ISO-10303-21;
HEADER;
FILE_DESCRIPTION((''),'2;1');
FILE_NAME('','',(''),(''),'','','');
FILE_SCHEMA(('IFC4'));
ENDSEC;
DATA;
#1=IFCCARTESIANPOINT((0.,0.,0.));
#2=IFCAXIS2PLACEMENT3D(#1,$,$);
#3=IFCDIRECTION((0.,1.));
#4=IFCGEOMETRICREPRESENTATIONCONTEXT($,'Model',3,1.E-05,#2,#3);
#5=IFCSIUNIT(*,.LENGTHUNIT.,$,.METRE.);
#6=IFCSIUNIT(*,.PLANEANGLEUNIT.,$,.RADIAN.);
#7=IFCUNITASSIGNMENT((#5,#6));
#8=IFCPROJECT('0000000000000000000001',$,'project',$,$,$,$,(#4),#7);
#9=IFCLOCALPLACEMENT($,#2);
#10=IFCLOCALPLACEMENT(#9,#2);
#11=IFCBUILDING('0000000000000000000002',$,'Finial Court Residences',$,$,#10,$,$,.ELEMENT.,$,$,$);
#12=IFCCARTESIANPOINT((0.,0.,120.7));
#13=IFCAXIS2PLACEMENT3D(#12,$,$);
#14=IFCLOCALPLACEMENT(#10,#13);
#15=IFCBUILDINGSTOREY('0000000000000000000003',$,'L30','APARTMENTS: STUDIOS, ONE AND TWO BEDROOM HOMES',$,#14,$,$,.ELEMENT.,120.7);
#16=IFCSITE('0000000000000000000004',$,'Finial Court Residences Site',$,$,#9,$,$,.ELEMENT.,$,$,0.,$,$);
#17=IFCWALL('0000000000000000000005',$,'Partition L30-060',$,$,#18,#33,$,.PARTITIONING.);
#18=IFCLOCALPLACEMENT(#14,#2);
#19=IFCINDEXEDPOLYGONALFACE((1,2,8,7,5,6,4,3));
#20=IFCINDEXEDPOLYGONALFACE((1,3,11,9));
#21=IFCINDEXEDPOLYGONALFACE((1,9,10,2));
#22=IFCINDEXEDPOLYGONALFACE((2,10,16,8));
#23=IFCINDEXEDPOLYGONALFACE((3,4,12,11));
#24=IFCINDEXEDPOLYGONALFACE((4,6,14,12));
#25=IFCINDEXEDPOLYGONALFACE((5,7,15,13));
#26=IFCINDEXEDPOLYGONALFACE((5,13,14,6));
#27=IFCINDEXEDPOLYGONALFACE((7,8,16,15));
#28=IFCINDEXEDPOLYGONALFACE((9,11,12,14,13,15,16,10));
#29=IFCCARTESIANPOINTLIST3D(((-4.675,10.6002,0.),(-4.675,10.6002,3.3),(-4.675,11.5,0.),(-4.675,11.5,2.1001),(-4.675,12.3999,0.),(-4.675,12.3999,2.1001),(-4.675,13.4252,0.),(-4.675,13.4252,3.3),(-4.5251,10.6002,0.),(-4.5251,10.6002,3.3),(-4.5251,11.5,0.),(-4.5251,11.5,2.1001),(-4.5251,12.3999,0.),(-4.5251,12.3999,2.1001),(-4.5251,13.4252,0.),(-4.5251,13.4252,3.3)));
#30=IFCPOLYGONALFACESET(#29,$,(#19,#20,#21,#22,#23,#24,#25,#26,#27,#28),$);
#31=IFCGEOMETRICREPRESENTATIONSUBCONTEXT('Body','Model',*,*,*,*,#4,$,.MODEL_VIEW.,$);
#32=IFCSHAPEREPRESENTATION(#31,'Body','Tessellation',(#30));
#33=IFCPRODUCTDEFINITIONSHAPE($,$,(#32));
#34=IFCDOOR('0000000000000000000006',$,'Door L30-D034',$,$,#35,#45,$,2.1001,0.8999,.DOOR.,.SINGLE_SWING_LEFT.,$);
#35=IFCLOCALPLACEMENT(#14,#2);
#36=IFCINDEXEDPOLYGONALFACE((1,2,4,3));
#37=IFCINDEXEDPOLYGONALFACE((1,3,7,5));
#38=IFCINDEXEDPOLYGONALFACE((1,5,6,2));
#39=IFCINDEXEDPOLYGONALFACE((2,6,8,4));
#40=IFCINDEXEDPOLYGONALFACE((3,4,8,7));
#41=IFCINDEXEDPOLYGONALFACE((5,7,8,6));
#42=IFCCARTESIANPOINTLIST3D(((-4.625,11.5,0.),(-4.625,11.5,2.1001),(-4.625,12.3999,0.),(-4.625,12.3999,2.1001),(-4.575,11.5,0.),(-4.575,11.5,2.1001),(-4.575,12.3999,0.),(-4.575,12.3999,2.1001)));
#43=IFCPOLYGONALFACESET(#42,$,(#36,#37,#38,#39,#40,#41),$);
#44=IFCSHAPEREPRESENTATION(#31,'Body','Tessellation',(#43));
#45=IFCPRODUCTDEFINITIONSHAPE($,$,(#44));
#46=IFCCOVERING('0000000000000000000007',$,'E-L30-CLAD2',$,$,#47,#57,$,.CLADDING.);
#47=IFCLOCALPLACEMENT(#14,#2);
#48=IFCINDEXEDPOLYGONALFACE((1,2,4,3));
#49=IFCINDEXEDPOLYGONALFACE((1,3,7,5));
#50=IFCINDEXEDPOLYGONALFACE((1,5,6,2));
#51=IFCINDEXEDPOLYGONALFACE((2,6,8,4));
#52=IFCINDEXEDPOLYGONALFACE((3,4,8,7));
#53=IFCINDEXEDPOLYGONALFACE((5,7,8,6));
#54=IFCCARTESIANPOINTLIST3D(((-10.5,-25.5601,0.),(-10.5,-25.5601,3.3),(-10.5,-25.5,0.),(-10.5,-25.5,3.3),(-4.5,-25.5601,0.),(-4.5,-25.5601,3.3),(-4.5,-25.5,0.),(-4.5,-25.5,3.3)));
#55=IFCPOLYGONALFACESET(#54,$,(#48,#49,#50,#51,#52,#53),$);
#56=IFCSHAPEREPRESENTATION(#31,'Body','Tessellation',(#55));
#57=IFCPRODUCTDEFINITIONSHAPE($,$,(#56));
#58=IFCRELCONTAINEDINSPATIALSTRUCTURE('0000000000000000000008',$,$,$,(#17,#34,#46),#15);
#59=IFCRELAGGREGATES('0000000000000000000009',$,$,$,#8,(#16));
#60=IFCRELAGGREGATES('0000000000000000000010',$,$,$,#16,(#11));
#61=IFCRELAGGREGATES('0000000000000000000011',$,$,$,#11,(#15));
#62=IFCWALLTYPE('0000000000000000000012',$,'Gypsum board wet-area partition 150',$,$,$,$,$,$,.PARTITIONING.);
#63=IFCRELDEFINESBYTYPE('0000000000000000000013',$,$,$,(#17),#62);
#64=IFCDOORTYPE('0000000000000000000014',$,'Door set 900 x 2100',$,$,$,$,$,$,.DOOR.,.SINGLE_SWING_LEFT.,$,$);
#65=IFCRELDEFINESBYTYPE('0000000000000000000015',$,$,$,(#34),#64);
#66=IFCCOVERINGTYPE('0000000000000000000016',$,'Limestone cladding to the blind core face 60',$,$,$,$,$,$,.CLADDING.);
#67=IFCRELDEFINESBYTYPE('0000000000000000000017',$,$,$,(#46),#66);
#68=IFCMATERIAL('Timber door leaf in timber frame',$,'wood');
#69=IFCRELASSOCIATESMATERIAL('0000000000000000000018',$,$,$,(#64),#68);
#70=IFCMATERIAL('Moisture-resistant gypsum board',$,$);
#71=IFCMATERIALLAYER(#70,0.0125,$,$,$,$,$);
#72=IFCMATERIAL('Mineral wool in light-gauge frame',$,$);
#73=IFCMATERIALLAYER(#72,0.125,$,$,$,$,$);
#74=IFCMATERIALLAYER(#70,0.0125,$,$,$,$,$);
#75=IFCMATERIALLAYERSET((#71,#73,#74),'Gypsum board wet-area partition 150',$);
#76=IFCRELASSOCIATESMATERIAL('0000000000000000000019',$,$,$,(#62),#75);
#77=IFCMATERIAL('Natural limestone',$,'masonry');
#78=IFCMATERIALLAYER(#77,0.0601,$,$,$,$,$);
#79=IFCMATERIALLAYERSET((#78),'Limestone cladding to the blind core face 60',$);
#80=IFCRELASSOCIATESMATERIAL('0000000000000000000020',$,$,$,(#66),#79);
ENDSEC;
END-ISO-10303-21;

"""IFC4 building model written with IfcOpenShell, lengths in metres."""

from ifc_helpers import new_model, si_unit, direction, frame, frame_2d, origin, place, context, subcontext, project, spatial, polyline, rectangle, outline, extrude, material, layer, layer_set, type_object, element, fill, save


model = new_model("IFC4")

# Units and contexts
model_context = context("Model", 3, precision=1e-05, world=origin(), true_north=direction((0.0, 1.0)))
body_context = subcontext(model_context, "Body", "Model", "MODEL_VIEW")
ifc_project = project(units=[si_unit("LENGTHUNIT", "METRE"), si_unit("PLANEANGLEUNIT", "RADIAN")], contexts=[model_context])

# Site, building, storey
site_placement = place(None, origin())
site = spatial("IfcSite", under=ifc_project, at=site_placement, Name="Finial Court Residences Site", CompositionType="ELEMENT", RefElevation=0.0)
building_placement = place(site_placement, origin())
building = spatial("IfcBuilding", under=site, at=building_placement, Name="Finial Court Residences", CompositionType="ELEMENT")
storey_placement = place(building_placement, frame((0.0, 0.0, 120.7)))
storey = spatial("IfcBuildingStorey", under=building, at=storey_placement, Name="L30", Description="APARTMENTS: STUDIOS, ONE AND TWO BEDROOM HOMES", CompositionType="ELEMENT", Elevation=120.7)

# Shared definitions
ifc_material_1 = material(Name="Mineral wool in light-gauge frame")

# Shared definitions
ifc_material_2 = material(Name="Timber door leaf in timber frame", Category="wood")
door_type = type_object("IfcDoorType", Name="Door set 900 x 2100", OperationType="SINGLE_SWING_LEFT", PredefinedType="DOOR", material=ifc_material_2)

# Shared definitions
ifc_material_3 = material(Name="Moisture-resistant gypsum board")
ifc_layer_1 = layer(ifc_material_3, 0.0125)
ifc_layer_2 = layer(ifc_material_1, 0.125)
ifc_layer_3 = layer(ifc_material_3, 0.0125)
ifc_layer_set_1 = layer_set([ifc_layer_1, ifc_layer_2, ifc_layer_3], Name="Gypsum board wet-area partition 150")
wall_type_1 = type_object("IfcWallType", Name="Gypsum board wet-area partition 150", PredefinedType="PARTITIONING", material=ifc_layer_set_1)

# Wall, opening, door
wall_1_placement = place(storey_placement, frame((-4.6001, 10.6001, 0.0), z_axis=(0.0, 0.0, 1.0), x_axis=(0.0, 1.0, 0.0)))
wall_1 = element("IfcWall", 1, at=wall_1_placement, inside=storey, type_object=wall_type_1, Name="Partition L30-060", PredefinedType="PARTITIONING", context=body_context, shape_type="SweptSolid", body=[
    extrude(rectangle(XDim=2.825, YDim=0.1499, at=frame_2d((1.4126, 0.0))), origin(), (0.0, 0.0, 1.0), 3.3),
])
opening_1_placement = place(wall_1_placement, frame((0.8999, 0.0, 0.0)))
opening_1 = element("IfcOpeningElement", 2, at=opening_1_placement, cuts=wall_1, PredefinedType="OPENING", context=body_context, shape_type="SweptSolid", body=[
    extrude(rectangle(XDim=0.8999, YDim=2.1001, at=frame_2d((0.45, 1.05))), frame((0.0, 0.085, 0.0), z_axis=(0.0, -1.0, 0.0), x_axis=(1.0, 0.0, 0.0)), (0.0, 0.0, 1.0), 0.1699),
])
door_1_placement = place(opening_1_placement, origin())
door_1 = element("IfcDoor", 3, at=door_1_placement, inside=storey, type_object=door_type, Name="Door L30-D034", OperationType="SINGLE_SWING_LEFT", OverallHeight=2.1001, OverallWidth=0.8999, PredefinedType="DOOR", context=body_context, shape_type="SweptSolid", body=[
    extrude(rectangle(XDim=0.8999, YDim=2.1001, at=frame_2d((0.45, 1.05))), frame((0.0, 0.0249, 0.0), z_axis=(0.0, -1.0, 0.0), x_axis=(1.0, 0.0, 0.0)), (0.0, 0.0, 1.0), 0.05),
])
fill(opening_1, door_1)

# Covering
ifc_material_4 = material(Name="Natural limestone", Category="masonry")
ifc_layer_4 = layer(ifc_material_4, 0.0601)
ifc_layer_set_2 = layer_set([ifc_layer_4], Name="Limestone cladding to the blind core face 60")
covering_type = type_object("IfcCoveringType", Name="Limestone cladding to the blind core face 60", PredefinedType="CLADDING", material=ifc_layer_set_2)
covering_placement = place(storey_placement, origin())
element("IfcCovering", 4, at=covering_placement, inside=storey, type_object=covering_type, Name="E-L30-CLAD2", PredefinedType="CLADDING", context=body_context, shape_type="SweptSolid", body=[
    extrude(outline(polyline([(-4.5, -25.5601), (-4.5, -25.5), (-10.5, -25.5), (-10.5, -25.5601), (-4.5, -25.5601)])), origin(), (0.0, 0.0, 1.0), 3.3),
])

save(model, "model.ifc")
